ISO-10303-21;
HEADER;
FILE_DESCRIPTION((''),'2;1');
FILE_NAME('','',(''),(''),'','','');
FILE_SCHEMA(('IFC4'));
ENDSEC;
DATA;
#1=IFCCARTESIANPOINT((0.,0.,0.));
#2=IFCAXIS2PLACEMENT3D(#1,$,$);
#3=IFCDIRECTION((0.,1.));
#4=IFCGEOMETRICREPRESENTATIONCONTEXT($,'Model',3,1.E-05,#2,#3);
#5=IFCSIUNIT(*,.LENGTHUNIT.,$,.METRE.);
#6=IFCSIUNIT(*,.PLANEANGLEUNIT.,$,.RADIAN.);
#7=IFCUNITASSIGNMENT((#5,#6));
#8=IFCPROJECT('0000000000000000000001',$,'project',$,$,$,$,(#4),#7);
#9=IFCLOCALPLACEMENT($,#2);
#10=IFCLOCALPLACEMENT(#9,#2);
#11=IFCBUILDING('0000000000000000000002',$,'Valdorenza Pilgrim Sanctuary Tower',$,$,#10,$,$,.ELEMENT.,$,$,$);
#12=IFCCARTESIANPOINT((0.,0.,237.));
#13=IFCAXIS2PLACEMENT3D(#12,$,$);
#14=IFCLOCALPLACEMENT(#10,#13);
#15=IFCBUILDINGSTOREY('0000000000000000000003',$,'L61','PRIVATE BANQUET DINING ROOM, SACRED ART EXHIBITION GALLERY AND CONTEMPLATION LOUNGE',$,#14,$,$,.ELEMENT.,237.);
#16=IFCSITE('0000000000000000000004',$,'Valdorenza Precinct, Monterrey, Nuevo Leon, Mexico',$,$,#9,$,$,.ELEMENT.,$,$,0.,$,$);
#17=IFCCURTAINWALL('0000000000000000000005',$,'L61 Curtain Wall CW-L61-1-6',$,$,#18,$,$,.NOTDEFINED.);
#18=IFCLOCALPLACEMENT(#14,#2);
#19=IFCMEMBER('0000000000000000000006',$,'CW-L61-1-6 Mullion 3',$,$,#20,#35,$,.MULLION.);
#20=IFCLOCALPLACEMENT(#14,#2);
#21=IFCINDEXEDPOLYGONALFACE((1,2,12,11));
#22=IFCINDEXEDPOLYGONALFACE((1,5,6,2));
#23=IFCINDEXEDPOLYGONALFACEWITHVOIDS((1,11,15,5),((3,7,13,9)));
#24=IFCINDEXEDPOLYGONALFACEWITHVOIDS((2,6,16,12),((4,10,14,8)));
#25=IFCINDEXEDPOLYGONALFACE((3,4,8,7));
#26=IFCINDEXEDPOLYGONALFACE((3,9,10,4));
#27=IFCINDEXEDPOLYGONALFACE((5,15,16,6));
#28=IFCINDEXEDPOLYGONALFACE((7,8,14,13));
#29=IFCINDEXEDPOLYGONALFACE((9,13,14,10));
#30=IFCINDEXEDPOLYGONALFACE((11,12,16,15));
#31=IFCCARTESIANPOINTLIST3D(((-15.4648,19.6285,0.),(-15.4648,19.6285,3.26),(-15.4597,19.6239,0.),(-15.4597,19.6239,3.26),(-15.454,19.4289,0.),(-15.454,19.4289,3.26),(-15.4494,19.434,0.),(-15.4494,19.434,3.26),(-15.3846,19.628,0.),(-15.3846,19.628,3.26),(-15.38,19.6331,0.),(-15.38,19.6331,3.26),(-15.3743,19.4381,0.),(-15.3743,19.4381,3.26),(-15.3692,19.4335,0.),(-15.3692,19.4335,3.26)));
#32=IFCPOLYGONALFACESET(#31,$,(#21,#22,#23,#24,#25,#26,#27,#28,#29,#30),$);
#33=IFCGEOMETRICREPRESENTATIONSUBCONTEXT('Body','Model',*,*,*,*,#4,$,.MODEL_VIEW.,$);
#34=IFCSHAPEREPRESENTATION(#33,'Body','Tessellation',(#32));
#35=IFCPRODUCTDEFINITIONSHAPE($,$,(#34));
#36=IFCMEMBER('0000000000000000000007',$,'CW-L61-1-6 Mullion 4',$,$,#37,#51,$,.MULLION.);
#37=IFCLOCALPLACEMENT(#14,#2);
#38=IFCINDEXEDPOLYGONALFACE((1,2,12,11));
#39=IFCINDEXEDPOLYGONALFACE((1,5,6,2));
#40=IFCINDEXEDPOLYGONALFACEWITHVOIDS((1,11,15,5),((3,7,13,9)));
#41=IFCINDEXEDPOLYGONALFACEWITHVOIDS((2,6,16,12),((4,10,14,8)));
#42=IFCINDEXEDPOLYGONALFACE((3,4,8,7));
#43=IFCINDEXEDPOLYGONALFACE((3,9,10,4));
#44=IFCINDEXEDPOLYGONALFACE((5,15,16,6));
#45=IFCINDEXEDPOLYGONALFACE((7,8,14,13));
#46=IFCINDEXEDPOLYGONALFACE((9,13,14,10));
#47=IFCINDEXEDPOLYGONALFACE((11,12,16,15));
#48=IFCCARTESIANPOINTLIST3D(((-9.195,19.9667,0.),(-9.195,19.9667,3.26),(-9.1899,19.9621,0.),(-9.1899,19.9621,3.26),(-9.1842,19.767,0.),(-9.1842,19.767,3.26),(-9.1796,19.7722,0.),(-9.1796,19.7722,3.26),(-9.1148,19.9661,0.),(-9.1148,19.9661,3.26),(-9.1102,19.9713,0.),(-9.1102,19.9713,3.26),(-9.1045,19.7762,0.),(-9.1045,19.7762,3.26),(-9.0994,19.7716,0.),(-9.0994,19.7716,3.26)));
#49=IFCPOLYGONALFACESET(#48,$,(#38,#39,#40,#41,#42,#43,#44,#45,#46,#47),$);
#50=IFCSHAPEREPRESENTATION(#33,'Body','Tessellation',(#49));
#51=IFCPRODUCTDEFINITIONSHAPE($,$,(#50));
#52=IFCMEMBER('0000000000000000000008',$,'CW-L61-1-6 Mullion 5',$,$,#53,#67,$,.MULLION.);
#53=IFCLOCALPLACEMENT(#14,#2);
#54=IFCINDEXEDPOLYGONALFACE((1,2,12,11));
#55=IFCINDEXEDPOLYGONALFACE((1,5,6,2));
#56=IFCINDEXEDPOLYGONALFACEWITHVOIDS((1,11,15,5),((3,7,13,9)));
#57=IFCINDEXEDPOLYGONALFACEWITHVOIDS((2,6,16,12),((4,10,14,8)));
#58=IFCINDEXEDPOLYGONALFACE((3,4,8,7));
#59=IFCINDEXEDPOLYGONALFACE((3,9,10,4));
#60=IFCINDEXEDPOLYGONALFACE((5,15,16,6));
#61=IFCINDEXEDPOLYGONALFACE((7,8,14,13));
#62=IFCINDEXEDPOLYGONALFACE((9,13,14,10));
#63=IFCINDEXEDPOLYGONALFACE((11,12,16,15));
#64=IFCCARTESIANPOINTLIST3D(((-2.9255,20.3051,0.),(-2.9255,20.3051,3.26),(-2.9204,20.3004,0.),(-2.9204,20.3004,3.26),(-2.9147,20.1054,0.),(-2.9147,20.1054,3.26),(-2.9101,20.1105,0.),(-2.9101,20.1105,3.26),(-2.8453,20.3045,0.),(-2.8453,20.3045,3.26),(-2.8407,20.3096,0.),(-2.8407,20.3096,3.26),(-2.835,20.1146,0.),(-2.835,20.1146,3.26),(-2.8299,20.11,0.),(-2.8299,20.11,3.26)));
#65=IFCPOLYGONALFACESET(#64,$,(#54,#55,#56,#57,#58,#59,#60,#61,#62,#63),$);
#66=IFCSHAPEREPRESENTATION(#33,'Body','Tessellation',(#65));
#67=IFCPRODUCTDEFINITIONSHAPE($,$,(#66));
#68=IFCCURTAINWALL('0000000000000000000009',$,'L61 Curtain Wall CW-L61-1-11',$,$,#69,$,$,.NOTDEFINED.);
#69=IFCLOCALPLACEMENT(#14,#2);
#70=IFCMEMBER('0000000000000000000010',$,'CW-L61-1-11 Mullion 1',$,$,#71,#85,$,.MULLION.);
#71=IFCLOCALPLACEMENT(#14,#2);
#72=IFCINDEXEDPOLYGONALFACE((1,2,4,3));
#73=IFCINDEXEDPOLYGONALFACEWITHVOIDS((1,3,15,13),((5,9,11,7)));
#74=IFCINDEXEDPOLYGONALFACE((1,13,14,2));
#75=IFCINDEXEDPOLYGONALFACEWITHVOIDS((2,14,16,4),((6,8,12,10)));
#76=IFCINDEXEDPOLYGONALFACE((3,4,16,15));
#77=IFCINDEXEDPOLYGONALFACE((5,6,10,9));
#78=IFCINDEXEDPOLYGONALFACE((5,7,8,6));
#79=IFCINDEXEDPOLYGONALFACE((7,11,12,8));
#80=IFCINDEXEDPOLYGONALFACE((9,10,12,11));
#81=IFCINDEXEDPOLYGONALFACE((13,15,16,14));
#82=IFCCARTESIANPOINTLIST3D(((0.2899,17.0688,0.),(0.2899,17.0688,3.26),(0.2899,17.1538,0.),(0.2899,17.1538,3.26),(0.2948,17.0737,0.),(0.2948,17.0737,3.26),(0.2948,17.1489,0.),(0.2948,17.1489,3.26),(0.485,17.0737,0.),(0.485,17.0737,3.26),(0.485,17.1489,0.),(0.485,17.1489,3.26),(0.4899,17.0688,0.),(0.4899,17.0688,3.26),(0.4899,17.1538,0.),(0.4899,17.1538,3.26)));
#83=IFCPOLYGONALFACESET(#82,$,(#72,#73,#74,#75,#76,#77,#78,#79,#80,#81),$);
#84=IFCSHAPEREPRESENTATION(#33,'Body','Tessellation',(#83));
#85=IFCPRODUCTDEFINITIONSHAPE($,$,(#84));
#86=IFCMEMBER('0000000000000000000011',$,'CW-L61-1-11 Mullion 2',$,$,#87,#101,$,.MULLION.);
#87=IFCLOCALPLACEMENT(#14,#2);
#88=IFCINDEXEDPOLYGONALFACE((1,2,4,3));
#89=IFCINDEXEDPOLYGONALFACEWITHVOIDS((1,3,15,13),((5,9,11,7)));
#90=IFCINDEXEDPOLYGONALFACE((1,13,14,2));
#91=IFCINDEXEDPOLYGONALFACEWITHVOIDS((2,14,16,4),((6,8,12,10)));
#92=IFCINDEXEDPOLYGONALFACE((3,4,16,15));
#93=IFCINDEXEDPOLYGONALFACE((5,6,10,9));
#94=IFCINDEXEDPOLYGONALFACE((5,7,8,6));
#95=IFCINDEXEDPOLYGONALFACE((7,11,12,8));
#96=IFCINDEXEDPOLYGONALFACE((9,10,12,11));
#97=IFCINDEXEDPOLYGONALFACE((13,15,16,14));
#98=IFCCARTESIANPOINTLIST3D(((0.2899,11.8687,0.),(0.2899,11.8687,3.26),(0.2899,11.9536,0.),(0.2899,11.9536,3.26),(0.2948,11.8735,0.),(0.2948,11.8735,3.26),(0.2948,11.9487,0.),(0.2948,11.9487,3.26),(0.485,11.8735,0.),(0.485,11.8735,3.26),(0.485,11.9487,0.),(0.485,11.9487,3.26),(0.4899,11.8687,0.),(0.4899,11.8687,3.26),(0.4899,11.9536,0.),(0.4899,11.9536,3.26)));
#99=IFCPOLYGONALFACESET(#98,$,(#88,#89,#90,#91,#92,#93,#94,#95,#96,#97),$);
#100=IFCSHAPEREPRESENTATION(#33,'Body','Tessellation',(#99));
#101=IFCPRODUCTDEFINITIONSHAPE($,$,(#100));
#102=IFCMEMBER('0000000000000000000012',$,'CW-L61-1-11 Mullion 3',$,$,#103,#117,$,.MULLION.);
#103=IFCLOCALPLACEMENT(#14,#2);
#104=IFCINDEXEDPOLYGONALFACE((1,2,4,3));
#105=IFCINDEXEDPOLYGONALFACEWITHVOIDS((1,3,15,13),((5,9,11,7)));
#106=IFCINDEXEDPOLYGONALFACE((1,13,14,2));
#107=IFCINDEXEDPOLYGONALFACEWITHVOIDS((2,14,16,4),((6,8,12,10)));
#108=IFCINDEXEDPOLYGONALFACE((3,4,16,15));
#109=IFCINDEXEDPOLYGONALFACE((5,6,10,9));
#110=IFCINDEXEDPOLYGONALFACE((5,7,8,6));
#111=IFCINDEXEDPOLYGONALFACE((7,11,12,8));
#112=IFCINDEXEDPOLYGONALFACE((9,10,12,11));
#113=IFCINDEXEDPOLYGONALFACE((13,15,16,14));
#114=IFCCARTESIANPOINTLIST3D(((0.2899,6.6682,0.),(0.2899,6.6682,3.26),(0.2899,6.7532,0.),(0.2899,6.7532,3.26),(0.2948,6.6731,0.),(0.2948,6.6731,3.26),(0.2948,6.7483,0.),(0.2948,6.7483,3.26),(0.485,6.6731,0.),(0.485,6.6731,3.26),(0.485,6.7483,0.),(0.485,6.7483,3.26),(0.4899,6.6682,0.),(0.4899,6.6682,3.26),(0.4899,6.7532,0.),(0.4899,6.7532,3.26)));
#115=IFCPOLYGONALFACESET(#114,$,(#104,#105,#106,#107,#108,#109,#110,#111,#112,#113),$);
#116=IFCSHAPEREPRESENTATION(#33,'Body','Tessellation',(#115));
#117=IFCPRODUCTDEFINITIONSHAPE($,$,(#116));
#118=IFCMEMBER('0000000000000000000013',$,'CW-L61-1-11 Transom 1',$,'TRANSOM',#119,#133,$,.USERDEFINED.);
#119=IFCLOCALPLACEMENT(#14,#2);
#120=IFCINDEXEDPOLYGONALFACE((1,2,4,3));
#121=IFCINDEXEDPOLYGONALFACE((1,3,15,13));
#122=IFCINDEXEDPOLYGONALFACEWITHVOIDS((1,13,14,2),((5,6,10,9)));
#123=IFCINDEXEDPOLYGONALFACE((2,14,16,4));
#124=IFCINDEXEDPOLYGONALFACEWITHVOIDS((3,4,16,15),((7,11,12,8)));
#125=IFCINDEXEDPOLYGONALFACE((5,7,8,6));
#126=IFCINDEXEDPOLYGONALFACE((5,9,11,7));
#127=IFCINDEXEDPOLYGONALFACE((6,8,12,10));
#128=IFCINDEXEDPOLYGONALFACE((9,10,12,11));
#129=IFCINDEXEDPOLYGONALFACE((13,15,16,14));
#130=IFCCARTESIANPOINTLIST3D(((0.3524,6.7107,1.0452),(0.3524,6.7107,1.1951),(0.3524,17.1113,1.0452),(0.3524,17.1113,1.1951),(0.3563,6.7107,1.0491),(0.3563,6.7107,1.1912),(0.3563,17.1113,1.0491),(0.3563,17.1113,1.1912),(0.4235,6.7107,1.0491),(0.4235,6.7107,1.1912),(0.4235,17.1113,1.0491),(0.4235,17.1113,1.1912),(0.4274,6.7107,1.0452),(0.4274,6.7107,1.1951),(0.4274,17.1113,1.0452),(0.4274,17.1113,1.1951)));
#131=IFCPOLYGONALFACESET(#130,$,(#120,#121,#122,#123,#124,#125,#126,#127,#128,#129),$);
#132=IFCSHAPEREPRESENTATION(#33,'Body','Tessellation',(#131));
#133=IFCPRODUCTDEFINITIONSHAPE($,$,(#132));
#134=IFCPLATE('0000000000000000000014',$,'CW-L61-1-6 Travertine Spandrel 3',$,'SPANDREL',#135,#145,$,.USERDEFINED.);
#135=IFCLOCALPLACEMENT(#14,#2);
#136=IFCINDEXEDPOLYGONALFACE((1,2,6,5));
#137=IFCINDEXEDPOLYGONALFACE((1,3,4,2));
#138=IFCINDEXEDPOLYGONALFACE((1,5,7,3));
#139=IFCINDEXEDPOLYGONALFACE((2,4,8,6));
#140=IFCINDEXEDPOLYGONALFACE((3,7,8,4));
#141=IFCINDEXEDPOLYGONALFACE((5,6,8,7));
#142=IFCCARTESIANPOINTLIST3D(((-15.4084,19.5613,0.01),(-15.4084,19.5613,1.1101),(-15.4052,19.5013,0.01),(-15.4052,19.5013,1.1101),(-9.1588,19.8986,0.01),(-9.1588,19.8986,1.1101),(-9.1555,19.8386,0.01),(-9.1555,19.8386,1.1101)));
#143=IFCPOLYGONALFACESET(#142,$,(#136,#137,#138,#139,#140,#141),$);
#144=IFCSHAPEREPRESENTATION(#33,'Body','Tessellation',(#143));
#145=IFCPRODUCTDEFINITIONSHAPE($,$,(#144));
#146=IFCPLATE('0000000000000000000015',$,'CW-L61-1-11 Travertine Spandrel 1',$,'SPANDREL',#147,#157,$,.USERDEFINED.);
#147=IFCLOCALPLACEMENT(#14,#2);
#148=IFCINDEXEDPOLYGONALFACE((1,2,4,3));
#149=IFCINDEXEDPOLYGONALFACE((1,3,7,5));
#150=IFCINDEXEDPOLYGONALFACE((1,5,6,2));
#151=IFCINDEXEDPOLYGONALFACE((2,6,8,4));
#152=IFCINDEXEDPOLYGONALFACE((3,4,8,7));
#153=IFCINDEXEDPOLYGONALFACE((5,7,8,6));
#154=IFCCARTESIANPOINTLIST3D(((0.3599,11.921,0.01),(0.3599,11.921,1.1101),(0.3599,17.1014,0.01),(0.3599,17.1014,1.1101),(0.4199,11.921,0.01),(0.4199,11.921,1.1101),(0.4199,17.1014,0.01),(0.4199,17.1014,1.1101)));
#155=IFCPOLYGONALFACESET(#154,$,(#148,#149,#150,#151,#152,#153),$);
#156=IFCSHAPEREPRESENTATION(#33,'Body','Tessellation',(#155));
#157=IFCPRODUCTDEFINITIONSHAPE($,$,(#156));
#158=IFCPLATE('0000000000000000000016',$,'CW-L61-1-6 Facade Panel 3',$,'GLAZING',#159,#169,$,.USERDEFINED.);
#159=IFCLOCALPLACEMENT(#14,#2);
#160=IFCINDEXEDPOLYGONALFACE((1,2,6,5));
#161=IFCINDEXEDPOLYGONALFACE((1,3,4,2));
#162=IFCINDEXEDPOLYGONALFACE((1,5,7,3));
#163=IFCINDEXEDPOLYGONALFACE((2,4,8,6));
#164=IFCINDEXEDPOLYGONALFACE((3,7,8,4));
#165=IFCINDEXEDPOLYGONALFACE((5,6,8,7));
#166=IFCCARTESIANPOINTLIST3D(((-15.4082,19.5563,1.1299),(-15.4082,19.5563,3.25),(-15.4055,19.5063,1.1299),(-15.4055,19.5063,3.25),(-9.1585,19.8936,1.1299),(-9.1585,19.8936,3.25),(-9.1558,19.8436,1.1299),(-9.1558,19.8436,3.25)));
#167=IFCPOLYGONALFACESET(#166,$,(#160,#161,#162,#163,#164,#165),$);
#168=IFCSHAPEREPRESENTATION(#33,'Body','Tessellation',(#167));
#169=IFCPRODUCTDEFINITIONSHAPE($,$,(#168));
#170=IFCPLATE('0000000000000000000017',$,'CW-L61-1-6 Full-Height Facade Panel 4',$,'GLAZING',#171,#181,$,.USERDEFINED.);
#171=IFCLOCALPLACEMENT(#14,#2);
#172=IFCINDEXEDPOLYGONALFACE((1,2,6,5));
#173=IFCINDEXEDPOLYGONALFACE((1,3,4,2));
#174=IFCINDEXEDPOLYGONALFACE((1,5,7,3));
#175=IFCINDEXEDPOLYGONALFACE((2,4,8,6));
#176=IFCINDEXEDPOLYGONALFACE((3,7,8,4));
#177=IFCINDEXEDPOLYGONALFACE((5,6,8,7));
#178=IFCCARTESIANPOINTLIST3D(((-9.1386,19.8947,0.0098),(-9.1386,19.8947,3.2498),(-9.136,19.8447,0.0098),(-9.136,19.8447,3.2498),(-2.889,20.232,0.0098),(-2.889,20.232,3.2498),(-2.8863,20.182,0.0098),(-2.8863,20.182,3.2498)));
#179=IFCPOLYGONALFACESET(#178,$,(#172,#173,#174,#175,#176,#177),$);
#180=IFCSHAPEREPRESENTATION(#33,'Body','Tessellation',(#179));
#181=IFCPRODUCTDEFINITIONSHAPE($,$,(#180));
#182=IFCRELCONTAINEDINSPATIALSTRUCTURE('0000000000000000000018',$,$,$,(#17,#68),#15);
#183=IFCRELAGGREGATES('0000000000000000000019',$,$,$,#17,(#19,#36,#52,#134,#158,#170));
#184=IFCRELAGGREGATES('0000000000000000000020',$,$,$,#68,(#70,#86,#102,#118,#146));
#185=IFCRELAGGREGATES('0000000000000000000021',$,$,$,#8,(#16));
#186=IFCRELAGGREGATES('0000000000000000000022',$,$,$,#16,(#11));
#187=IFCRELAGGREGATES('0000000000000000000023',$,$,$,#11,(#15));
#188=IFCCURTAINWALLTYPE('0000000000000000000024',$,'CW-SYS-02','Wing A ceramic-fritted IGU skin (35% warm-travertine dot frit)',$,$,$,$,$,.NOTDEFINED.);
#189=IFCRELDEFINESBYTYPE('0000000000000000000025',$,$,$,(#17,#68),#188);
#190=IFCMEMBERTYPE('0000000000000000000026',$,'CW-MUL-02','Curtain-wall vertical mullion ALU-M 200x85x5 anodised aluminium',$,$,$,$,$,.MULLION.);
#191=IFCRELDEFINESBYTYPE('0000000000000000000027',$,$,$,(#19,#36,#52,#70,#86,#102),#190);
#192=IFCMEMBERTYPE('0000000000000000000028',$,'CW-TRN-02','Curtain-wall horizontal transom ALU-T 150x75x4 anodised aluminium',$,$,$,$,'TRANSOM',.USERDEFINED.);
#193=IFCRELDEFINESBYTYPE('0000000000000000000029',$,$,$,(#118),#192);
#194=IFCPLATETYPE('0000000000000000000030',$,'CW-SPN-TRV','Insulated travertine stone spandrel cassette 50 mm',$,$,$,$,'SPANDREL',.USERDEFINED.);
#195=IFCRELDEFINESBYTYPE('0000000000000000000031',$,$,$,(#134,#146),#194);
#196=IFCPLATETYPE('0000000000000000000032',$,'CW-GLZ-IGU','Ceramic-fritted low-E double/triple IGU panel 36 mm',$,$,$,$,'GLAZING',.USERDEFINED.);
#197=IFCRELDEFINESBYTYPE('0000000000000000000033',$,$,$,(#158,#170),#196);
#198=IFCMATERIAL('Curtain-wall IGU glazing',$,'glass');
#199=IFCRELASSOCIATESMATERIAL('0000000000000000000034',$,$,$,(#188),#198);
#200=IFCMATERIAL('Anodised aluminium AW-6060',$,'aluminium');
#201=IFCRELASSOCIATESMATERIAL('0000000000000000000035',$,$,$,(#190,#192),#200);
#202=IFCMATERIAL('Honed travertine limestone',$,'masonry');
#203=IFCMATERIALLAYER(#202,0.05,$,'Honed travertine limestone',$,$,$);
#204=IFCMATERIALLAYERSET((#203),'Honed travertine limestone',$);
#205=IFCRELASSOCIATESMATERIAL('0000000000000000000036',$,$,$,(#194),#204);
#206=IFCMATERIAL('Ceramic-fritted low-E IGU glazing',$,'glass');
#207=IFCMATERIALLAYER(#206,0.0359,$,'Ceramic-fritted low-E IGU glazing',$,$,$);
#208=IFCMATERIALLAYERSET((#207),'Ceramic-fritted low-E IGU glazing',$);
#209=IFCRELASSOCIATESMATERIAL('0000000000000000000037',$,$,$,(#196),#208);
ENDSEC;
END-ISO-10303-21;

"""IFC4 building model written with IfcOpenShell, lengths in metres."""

from ifc_helpers import new_model, si_unit, direction, frame, origin, origin_2d, place, context, subcontext, project, spatial, rectangle, hollow_rectangle, extrude, source, transform, mapped, material, layer, layer_set, material_profile, profile_set, type_object, element, aggregate, save


model = new_model("IFC4")

# Units and contexts
model_context = context("Model", 3, precision=1e-05, world=origin(), true_north=direction((0.0, 1.0)))
body_context = subcontext(model_context, "Body", "Model", "MODEL_VIEW")
ifc_project = project(units=[si_unit("LENGTHUNIT", "METRE"), si_unit("PLANEANGLEUNIT", "RADIAN")], contexts=[model_context])

# Site, building, storey
site_placement = place(None, origin())
site = spatial("IfcSite", under=ifc_project, at=site_placement, Name="Valdorenza Precinct, Monterrey, Nuevo Leon, Mexico", CompositionType="ELEMENT", RefElevation=0.0)
building_placement = place(site_placement, origin())
building = spatial("IfcBuilding", under=site, at=building_placement, Name="Valdorenza Pilgrim Sanctuary Tower", CompositionType="ELEMENT")
storey_placement = place(building_placement, frame((0.0, 0.0, 237.0)))
storey = spatial("IfcBuildingStorey", under=building, at=storey_placement, Name="L61", Description="PRIVATE BANQUET DINING ROOM, SACRED ART EXHIBITION GALLERY AND CONTEMPLATION LOUNGE", CompositionType="ELEMENT", Elevation=237.0)

# Curtain walls, members
ifc_material_1 = material(Name="Curtain-wall IGU glazing", Category="glass")
curtain_wall_type = type_object("IfcCurtainWallType", Name="CW-SYS-02", Description="Wing A ceramic-fritted IGU skin (35% warm-travertine dot frit)", PredefinedType="NOTDEFINED", material=ifc_material_1)
curtain_wall_1_placement = place(storey_placement, origin())
curtain_wall_1 = element("IfcCurtainWall", 1, at=curtain_wall_1_placement, inside=storey, type_object=curtain_wall_type, Name="L61 Curtain Wall CW-L61-1-6", PredefinedType="NOTDEFINED")
ifc_material_2 = material(Name="Anodised aluminium AW-6060", Category="aluminium")
ifc_material_profile_1 = material_profile(ifc_material_2, hollow_rectangle(XDim=0.085, YDim=0.2, WallThickness=0.0049, at=origin_2d()), Name="ALU-M 200x85x5")
ifc_profile_set_1 = profile_set([ifc_material_profile_1], Name="Anodised aluminium AW-6060")
member_type_1 = type_object("IfcMemberType", Name="CW-MUL-02", Description="Curtain-wall vertical mullion ALU-M 200x85x5 anodised aluminium", PredefinedType="MULLION", material=ifc_profile_set_1)
shared_shape_1 = source(origin(), body_context, "Body", "SweptSolid", [
    extrude(hollow_rectangle(XDim=0.085, YDim=0.2, WallThickness=0.0049, at=origin_2d()), origin(), (0.0, 0.0, 1.0), 3.26),
])
member_1_placement = place(storey_placement, frame((-15.417, 19.531, 0.0), z_axis=(0.0, 0.0, 1.0), x_axis=(0.998547, 0.053887, 0.0)))
member_1 = element("IfcMember", 2, at=member_1_placement, type_object=member_type_1, Name="CW-L61-1-6 Mullion 3", PredefinedType="MULLION", context=body_context, shape_type="MappedRepresentation", body=[
    mapped(shared_shape_1, transform((0.0, 0.0, 0.0), x_axis=(1.0, 0.0, 0.0), y_axis=(0.0, 1.0, 0.0), z_axis=(0.0, 0.0, 1.0), scale=1.0)),
])
member_2_placement = place(storey_placement, frame((-9.1472, 19.8691, 0.0), z_axis=(0.0, 0.0, 1.0), x_axis=(0.998547, 0.053887, 0.0)))
member_2 = element("IfcMember", 3, at=member_2_placement, type_object=member_type_1, Name="CW-L61-1-6 Mullion 4", PredefinedType="MULLION", context=body_context, shape_type="MappedRepresentation", body=[
    mapped(shared_shape_1, transform((0.0, 0.0, 0.0), x_axis=(1.0, 0.0, 0.0), y_axis=(0.0, 1.0, 0.0), z_axis=(0.0, 0.0, 1.0), scale=1.0)),
])
member_3_placement = place(storey_placement, frame((-2.8777, 20.2075, 0.0), z_axis=(0.0, 0.0, 1.0), x_axis=(0.998547, 0.053887, 0.0)))
member_3 = element("IfcMember", 4, at=member_3_placement, type_object=member_type_1, Name="CW-L61-1-6 Mullion 5", PredefinedType="MULLION", context=body_context, shape_type="MappedRepresentation", body=[
    mapped(shared_shape_1, transform((0.0, 0.0, 0.0), x_axis=(1.0, 0.0, 0.0), y_axis=(0.0, 1.0, 0.0), z_axis=(0.0, 0.0, 1.0), scale=1.0)),
])
curtain_wall_2_placement = place(storey_placement, origin())
curtain_wall_2 = element("IfcCurtainWall", 5, at=curtain_wall_2_placement, inside=storey, type_object=curtain_wall_type, Name="L61 Curtain Wall CW-L61-1-11", PredefinedType="NOTDEFINED")
member_4_placement = place(storey_placement, frame((0.3899, 17.1113, 0.0), z_axis=(0.0, 0.0, 1.0), x_axis=(0.0, -1.0, 0.0)))
member_4 = element("IfcMember", 6, at=member_4_placement, type_object=member_type_1, Name="CW-L61-1-11 Mullion 1", PredefinedType="MULLION", context=body_context, shape_type="MappedRepresentation", body=[
    mapped(shared_shape_1, transform((0.0, 0.0, 0.0), x_axis=(1.0, 0.0, 0.0), y_axis=(0.0, 1.0, 0.0), z_axis=(0.0, 0.0, 1.0), scale=1.0)),
])
member_5_placement = place(storey_placement, frame((0.3899, 11.9111, 0.0), z_axis=(0.0, 0.0, 1.0), x_axis=(0.0, -1.0, 0.0)))
member_5 = element("IfcMember", 7, at=member_5_placement, type_object=member_type_1, Name="CW-L61-1-11 Mullion 2", PredefinedType="MULLION", context=body_context, shape_type="MappedRepresentation", body=[
    mapped(shared_shape_1, transform((0.0, 0.0, 0.0), x_axis=(1.0, 0.0, 0.0), y_axis=(0.0, 1.0, 0.0), z_axis=(0.0, 0.0, 1.0), scale=1.0)),
])
member_6_placement = place(storey_placement, frame((0.3899, 6.7107, 0.0), z_axis=(0.0, 0.0, 1.0), x_axis=(0.0, -1.0, 0.0)))
member_6 = element("IfcMember", 8, at=member_6_placement, type_object=member_type_1, Name="CW-L61-1-11 Mullion 3", PredefinedType="MULLION", context=body_context, shape_type="MappedRepresentation", body=[
    mapped(shared_shape_1, transform((0.0, 0.0, 0.0), x_axis=(1.0, 0.0, 0.0), y_axis=(0.0, 1.0, 0.0), z_axis=(0.0, 0.0, 1.0), scale=1.0)),
])
ifc_material_profile_2 = material_profile(ifc_material_2, hollow_rectangle(XDim=0.075, YDim=0.1499, WallThickness=0.0039, at=origin_2d()), Name="ALU-T 150x75x4")
ifc_profile_set_2 = profile_set([ifc_material_profile_2], Name="Anodised aluminium AW-6060")
member_type_2 = type_object("IfcMemberType", Name="CW-TRN-02", Description="Curtain-wall horizontal transom ALU-T 150x75x4 anodised aluminium", ElementType="TRANSOM", PredefinedType="USERDEFINED", material=ifc_profile_set_2)
shared_shape_2 = source(origin(), body_context, "Body", "SweptSolid", [
    extrude(hollow_rectangle(XDim=0.075, YDim=0.1499, WallThickness=0.0039, at=origin_2d()), origin(), (0.0, 0.0, 1.0), 10.4006),
])
member_7_placement = place(storey_placement, frame((0.3899, 17.1113, 1.1201), z_axis=(0.0, -1.0, 0.0), x_axis=(1.0, 0.0, 0.0)))
member_7 = element("IfcMember", 9, at=member_7_placement, type_object=member_type_2, Name="CW-L61-1-11 Transom 1", ObjectType="TRANSOM", PredefinedType="USERDEFINED", context=body_context, shape_type="MappedRepresentation", body=[
    mapped(shared_shape_2, transform((0.0, 0.0, 0.0), x_axis=(1.0, 0.0, 0.0), y_axis=(0.0, 1.0, 0.0), z_axis=(0.0, 0.0, 1.0), scale=1.0)),
])

# Plates
ifc_material_3 = material(Name="Honed travertine limestone", Category="masonry")
ifc_layer_1 = layer(ifc_material_3, 0.05, Name="Honed travertine limestone")
ifc_layer_set_1 = layer_set([ifc_layer_1], Name="Honed travertine limestone")
plate_type_1 = type_object("IfcPlateType", Name="CW-SPN-TRV", Description="Insulated travertine stone spandrel cassette 50 mm", ElementType="SPANDREL", PredefinedType="USERDEFINED", material=ifc_layer_set_1)
shared_shape_3 = source(origin(), body_context, "Body", "SweptSolid", [
    extrude(rectangle(XDim=6.2588, YDim=0.0601, at=origin_2d()), origin(), (0.0, 0.0, 1.0), 1.1001),
])
plate_1_placement = place(storey_placement, frame((-12.282, 19.7, 0.01), z_axis=(0.0, 0.0, 1.0), x_axis=(0.998547, 0.053887, 0.0)))
plate_1 = element("IfcPlate", 10, at=plate_1_placement, type_object=plate_type_1, Name="CW-L61-1-6 Travertine Spandrel 3", ObjectType="SPANDREL", PredefinedType="USERDEFINED", context=body_context, shape_type="MappedRepresentation", body=[
    mapped(shared_shape_3, transform((0.0, 0.0, 0.0), x_axis=(1.0, 0.0, 0.0), y_axis=(0.0, 1.0, 0.0), z_axis=(0.0, 0.0, 1.0), scale=1.0)),
])
shared_shape_4 = source(origin(), body_context, "Body", "SweptSolid", [
    extrude(rectangle(XDim=5.1804, YDim=0.0601, at=origin_2d()), origin(), (0.0, 0.0, 1.0), 1.1001),
])
plate_2_placement = place(storey_placement, frame((0.3899, 14.5112, 0.01), z_axis=(0.0, 0.0, 1.0), x_axis=(0.0, -1.0, 0.0)))
plate_2 = element("IfcPlate", 11, at=plate_2_placement, type_object=plate_type_1, Name="CW-L61-1-11 Travertine Spandrel 1", ObjectType="SPANDREL", PredefinedType="USERDEFINED", context=body_context, shape_type="MappedRepresentation", body=[
    mapped(shared_shape_4, transform((0.0, 0.0, 0.0), x_axis=(1.0, 0.0, 0.0), y_axis=(0.0, 1.0, 0.0), z_axis=(0.0, 0.0, 1.0), scale=1.0)),
])
ifc_material_4 = material(Name="Ceramic-fritted low-E IGU glazing", Category="glass")
ifc_layer_2 = layer(ifc_material_4, 0.0359, Name="Ceramic-fritted low-E IGU glazing")
ifc_layer_set_2 = layer_set([ifc_layer_2], Name="Ceramic-fritted low-E IGU glazing")
plate_type_2 = type_object("IfcPlateType", Name="CW-GLZ-IGU", Description="Ceramic-fritted low-E double/triple IGU panel 36 mm", ElementType="GLAZING", PredefinedType="USERDEFINED", material=ifc_layer_set_2)
shared_shape_5 = source(origin(), body_context, "Body", "SweptSolid", [
    extrude(rectangle(XDim=6.2588, YDim=0.05, at=origin_2d()), origin(), (0.0, 0.0, 1.0), 2.1201),
])
plate_3_placement = place(storey_placement, frame((-12.282, 19.7, 1.1299), z_axis=(0.0, 0.0, 1.0), x_axis=(0.998547, 0.053887, 0.0)))
plate_3 = element("IfcPlate", 12, at=plate_3_placement, type_object=plate_type_2, Name="CW-L61-1-6 Facade Panel 3", ObjectType="GLAZING", PredefinedType="USERDEFINED", context=body_context, shape_type="MappedRepresentation", body=[
    mapped(shared_shape_5, transform((0.0, 0.0, 0.0), x_axis=(1.0, 0.0, 0.0), y_axis=(0.0, 1.0, 0.0), z_axis=(0.0, 0.0, 1.0), scale=1.0)),
])
shared_shape_6 = source(origin(), body_context, "Body", "SweptSolid", [
    extrude(rectangle(XDim=6.2588, YDim=0.05, at=origin_2d()), origin(), (0.0, 0.0, 1.0), 3.24),
])
plate_4_placement = place(storey_placement, frame((-6.0125, 20.0383, 0.0098), z_axis=(0.0, 0.0, 1.0), x_axis=(0.998547, 0.053887, 0.0)))
plate_4 = element("IfcPlate", 13, at=plate_4_placement, type_object=plate_type_2, Name="CW-L61-1-6 Full-Height Facade Panel 4", ObjectType="GLAZING", PredefinedType="USERDEFINED", context=body_context, shape_type="MappedRepresentation", body=[
    mapped(shared_shape_6, transform((0.0, 0.0, 0.0), x_axis=(1.0, 0.0, 0.0), y_axis=(0.0, 1.0, 0.0), z_axis=(0.0, 0.0, 1.0), scale=1.0)),
])
aggregate(curtain_wall_1, [member_1, member_2, member_3, plate_1, plate_3, plate_4])
aggregate(curtain_wall_2, [member_4, member_5, member_6, member_7, plate_2])

save(model, "model.ifc")
